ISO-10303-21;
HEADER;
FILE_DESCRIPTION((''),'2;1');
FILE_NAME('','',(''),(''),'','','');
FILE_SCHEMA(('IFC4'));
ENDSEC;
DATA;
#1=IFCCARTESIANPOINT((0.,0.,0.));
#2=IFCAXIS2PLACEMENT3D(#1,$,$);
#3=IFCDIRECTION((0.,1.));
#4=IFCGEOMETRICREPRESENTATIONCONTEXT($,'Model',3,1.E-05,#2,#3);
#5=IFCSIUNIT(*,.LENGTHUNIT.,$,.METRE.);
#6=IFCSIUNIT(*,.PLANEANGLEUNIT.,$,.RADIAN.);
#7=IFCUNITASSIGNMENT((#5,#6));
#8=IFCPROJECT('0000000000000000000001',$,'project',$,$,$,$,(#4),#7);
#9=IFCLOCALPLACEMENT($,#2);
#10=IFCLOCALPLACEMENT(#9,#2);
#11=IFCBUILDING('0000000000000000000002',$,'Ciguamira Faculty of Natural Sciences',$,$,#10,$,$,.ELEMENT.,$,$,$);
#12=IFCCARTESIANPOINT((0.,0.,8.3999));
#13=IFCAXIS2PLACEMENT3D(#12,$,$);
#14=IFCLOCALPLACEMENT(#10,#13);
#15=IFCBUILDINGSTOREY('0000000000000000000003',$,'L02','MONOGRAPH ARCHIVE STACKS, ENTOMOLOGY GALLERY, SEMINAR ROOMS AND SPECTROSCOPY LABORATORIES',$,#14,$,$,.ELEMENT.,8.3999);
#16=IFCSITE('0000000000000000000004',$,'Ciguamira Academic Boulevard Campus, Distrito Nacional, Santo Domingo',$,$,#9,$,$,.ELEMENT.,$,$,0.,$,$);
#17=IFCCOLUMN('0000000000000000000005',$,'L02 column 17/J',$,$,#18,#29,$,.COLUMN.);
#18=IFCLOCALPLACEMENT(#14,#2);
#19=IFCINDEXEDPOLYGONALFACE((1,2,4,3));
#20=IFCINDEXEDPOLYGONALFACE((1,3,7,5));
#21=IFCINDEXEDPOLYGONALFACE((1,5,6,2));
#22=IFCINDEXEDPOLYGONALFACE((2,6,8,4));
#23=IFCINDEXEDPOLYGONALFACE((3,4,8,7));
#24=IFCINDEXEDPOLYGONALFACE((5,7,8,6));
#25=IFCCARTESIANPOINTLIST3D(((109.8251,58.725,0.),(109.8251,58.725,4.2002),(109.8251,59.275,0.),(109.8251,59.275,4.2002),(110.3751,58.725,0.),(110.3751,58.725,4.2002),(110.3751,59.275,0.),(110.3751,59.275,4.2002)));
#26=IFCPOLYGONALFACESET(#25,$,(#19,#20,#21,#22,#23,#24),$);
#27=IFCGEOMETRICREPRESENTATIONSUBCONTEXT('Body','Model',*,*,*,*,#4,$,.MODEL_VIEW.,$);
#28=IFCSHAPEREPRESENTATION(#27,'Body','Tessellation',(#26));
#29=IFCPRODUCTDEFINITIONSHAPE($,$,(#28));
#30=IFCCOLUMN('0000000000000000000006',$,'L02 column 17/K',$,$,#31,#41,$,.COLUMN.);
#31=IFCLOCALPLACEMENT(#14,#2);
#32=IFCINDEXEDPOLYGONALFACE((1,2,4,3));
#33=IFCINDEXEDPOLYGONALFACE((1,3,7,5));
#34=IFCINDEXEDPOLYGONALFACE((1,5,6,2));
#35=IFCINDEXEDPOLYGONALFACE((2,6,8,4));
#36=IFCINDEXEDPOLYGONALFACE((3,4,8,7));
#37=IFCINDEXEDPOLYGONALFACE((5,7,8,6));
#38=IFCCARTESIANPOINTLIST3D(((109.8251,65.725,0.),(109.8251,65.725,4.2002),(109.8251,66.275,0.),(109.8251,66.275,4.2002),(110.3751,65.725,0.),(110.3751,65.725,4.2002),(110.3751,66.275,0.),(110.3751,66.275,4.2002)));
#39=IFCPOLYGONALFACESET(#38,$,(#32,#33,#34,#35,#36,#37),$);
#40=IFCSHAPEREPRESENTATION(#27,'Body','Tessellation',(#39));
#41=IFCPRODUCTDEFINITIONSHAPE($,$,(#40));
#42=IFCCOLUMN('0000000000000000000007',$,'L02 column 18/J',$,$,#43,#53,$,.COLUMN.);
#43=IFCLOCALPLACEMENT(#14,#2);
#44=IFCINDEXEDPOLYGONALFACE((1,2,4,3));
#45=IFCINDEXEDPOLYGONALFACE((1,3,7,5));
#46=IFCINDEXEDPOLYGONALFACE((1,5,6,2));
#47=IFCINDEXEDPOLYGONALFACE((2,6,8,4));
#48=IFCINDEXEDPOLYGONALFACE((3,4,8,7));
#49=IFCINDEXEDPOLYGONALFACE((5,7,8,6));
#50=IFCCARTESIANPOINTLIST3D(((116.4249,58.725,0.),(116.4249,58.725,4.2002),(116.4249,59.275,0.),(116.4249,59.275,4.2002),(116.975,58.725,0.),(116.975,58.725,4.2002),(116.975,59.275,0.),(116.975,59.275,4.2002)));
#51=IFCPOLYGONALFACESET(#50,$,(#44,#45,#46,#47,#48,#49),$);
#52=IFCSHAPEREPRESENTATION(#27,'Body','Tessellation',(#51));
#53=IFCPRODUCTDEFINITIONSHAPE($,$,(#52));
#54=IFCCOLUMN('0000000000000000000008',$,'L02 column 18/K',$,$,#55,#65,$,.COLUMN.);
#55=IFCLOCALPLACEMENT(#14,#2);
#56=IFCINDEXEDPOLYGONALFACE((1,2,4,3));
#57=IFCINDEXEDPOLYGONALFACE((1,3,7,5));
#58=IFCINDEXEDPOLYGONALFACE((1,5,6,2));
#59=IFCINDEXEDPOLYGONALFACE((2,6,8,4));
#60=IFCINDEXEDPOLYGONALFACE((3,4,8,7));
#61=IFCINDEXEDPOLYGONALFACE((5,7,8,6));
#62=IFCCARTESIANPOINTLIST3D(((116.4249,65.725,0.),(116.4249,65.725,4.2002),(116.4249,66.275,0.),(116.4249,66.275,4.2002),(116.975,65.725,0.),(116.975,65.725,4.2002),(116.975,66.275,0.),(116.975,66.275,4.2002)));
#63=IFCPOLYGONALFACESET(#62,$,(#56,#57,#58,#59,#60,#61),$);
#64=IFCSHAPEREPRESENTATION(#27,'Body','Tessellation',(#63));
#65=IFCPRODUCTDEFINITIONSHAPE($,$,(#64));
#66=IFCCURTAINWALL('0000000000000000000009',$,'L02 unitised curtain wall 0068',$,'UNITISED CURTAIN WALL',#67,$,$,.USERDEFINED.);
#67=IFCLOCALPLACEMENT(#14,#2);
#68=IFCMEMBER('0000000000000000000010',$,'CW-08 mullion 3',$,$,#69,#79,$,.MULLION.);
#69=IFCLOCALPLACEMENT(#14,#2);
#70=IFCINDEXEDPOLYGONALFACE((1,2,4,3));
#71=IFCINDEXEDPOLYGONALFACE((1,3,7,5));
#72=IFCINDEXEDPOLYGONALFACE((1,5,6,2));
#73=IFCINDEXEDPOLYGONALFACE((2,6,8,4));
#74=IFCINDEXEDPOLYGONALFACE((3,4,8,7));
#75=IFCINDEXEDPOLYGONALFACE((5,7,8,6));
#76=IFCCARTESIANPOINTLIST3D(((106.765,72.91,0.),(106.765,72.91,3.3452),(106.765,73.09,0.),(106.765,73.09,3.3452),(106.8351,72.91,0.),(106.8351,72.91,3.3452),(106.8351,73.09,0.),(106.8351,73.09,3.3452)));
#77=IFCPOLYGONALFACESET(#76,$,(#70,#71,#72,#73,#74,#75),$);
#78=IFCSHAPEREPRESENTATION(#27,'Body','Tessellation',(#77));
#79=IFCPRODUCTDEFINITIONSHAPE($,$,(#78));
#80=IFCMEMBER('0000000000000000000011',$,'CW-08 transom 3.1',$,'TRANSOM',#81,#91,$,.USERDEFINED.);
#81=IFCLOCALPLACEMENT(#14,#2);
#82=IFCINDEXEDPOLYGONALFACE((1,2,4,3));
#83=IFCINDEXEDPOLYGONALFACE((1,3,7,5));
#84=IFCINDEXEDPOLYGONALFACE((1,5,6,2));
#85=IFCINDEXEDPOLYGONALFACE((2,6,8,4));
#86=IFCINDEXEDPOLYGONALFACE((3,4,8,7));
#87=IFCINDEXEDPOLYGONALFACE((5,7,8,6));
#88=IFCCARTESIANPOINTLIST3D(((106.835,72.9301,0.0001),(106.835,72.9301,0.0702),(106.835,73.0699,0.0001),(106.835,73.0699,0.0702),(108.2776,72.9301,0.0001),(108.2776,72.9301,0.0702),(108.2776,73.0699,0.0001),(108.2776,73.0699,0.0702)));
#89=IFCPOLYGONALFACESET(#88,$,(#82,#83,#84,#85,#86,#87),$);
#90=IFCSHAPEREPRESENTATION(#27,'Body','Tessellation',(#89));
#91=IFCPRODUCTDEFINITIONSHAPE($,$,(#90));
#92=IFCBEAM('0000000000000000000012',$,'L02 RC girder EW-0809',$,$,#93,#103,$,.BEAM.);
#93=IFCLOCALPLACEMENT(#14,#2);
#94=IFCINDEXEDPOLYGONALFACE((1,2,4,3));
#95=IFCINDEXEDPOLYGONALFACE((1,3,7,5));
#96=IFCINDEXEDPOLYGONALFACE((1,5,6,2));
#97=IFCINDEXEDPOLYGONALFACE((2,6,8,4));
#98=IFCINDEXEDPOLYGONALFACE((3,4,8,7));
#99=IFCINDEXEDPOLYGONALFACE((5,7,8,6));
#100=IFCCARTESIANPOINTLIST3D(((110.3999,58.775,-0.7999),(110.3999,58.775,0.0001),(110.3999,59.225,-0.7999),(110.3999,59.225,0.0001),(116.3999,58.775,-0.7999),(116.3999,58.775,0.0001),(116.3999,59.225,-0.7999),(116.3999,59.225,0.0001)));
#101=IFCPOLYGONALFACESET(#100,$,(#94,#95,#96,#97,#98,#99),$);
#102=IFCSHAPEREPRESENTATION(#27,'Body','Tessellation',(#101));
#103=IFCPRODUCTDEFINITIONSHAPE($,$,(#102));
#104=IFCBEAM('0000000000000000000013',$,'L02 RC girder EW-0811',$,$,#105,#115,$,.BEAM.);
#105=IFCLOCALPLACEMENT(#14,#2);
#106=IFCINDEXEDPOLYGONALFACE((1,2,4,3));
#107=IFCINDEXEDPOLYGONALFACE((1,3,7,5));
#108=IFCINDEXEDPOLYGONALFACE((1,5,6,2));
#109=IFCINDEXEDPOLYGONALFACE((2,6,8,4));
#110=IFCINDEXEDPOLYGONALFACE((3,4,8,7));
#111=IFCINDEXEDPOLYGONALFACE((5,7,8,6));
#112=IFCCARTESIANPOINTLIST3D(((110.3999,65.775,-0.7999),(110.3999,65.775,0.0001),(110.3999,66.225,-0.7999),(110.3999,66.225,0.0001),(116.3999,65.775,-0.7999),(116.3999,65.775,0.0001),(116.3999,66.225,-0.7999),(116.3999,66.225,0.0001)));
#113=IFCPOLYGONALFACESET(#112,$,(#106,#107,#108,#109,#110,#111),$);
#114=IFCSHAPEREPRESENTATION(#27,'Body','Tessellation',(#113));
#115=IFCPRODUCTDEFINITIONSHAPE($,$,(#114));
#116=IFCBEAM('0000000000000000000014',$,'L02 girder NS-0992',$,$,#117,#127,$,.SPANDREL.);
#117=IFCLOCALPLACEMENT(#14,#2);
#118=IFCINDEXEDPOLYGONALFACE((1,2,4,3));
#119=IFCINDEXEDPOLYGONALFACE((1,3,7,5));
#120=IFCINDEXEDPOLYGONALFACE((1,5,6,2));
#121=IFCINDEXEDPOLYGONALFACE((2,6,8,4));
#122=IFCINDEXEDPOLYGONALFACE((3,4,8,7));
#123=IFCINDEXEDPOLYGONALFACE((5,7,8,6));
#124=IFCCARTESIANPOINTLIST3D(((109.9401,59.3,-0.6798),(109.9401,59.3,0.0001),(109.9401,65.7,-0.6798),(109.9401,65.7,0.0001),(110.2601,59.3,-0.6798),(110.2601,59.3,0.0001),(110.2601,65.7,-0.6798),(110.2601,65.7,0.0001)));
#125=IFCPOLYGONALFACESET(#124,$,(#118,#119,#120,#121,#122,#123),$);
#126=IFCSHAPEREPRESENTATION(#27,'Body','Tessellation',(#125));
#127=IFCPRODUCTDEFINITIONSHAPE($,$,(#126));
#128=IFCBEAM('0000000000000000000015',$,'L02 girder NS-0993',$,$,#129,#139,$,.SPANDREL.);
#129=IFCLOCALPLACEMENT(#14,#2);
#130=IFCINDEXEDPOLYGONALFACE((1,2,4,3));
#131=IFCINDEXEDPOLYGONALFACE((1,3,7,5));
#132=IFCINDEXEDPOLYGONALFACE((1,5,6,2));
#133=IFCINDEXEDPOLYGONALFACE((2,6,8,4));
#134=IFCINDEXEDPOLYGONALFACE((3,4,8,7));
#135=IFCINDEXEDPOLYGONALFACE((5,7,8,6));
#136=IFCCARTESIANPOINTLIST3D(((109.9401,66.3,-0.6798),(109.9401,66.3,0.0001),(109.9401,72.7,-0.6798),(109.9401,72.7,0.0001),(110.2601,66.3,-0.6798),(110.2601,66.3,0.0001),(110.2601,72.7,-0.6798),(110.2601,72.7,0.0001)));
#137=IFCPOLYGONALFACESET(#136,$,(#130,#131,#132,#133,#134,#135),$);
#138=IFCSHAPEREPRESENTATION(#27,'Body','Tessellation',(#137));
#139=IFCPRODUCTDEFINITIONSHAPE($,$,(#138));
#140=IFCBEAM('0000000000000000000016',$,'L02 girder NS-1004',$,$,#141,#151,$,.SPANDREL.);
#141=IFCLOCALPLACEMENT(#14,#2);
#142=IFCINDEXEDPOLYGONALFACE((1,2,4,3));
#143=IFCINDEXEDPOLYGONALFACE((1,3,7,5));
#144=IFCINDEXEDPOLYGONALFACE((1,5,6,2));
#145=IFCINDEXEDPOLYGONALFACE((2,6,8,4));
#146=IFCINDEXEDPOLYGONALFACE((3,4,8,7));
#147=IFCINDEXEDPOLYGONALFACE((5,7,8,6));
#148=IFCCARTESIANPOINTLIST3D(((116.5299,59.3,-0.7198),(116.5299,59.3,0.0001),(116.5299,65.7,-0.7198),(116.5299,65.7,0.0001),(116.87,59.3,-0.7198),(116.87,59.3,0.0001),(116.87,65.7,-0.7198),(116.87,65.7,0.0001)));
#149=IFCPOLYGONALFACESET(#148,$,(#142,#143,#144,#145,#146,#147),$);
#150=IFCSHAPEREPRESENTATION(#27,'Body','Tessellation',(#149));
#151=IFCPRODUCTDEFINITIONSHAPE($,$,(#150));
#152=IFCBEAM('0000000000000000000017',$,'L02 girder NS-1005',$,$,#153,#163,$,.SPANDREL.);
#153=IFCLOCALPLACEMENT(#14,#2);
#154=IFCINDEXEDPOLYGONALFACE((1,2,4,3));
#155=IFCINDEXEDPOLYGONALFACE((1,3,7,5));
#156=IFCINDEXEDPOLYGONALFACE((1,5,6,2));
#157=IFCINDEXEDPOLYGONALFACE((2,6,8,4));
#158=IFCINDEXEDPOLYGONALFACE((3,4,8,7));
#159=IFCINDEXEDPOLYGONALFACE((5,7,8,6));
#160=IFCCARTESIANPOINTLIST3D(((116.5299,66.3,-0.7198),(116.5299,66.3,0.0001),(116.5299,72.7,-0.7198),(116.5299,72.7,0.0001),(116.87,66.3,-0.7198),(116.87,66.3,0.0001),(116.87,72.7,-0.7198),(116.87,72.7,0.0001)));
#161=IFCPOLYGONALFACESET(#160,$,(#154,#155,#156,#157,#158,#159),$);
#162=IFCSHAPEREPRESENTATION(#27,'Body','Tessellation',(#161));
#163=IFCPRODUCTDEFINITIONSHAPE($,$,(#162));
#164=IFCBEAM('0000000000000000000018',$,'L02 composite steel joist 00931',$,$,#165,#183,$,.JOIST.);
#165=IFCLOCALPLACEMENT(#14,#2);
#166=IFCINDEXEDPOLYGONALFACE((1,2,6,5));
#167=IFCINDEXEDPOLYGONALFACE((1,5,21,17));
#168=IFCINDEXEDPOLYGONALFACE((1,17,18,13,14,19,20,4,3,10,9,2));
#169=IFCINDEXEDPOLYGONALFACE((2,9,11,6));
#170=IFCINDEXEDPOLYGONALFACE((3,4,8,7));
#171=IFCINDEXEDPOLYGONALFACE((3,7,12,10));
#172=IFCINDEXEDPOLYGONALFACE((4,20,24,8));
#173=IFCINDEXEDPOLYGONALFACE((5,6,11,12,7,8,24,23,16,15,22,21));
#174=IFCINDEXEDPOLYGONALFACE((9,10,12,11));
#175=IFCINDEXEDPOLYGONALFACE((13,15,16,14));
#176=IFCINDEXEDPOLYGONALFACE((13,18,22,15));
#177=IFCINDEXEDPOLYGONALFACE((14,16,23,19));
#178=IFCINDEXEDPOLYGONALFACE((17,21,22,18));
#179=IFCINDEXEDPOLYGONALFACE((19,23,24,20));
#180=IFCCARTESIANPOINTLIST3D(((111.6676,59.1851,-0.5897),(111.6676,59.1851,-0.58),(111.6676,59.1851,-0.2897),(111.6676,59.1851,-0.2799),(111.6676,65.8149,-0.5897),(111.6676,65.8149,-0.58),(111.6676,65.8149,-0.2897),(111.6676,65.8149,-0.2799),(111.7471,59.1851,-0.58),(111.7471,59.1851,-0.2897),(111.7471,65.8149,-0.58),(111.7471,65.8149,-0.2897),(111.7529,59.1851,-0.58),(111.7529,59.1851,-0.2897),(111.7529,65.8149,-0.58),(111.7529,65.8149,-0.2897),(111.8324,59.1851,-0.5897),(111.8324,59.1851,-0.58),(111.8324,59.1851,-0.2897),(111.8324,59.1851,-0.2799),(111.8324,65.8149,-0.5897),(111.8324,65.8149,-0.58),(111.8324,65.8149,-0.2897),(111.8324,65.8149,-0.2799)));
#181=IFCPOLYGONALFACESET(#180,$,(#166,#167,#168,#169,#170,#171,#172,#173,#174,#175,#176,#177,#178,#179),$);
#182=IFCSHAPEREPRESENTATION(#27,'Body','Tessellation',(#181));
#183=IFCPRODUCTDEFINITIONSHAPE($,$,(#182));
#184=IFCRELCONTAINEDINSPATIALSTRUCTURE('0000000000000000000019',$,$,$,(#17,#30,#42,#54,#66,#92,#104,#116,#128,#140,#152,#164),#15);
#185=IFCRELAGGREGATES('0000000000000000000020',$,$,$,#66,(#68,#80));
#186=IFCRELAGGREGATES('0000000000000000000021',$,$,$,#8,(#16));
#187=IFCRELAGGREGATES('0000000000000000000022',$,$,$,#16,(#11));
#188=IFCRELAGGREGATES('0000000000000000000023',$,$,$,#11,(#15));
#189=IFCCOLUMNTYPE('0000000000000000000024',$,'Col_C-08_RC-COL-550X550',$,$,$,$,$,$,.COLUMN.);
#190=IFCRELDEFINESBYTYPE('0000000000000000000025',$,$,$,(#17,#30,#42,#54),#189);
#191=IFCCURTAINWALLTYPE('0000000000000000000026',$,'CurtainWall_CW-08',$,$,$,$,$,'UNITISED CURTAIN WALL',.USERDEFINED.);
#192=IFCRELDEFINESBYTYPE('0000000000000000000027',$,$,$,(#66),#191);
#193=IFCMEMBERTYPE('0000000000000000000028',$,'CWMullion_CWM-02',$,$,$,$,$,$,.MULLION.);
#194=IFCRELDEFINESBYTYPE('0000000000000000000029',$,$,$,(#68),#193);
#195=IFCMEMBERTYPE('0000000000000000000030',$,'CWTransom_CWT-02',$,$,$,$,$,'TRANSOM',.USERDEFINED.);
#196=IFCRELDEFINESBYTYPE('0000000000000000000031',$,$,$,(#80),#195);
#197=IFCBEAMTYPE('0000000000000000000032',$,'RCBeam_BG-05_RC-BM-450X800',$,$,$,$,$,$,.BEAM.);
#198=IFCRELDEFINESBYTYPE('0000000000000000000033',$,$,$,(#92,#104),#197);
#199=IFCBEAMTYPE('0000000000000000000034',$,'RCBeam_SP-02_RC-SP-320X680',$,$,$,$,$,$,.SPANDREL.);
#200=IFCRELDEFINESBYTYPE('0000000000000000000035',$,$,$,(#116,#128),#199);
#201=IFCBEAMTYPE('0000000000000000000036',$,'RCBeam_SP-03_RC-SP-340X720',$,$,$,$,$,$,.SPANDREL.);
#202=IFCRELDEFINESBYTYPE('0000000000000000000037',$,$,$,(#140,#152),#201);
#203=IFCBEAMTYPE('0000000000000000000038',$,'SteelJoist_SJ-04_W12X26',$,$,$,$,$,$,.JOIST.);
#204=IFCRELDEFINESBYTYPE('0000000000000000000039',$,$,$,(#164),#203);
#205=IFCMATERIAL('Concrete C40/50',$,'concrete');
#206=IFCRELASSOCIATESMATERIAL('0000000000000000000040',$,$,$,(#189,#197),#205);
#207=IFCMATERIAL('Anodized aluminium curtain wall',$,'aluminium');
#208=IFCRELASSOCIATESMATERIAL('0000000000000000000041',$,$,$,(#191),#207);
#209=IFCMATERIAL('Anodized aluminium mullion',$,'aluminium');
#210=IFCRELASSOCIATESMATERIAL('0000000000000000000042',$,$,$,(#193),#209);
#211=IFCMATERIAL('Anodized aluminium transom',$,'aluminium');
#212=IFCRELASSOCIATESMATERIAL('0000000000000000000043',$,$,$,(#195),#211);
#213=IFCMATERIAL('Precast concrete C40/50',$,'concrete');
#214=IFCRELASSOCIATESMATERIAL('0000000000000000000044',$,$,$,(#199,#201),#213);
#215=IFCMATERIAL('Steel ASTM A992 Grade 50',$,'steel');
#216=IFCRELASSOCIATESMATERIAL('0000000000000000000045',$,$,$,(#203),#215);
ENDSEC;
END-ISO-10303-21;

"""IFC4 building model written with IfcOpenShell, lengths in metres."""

from ifc_helpers import new_model, si_unit, direction, frame, origin, origin_2d, place, context, subcontext, project, spatial, rectangle, i_section, extrude, material, material_profile, profile_set, type_object, element, aggregate, save


model = new_model("IFC4")

# Units and contexts
model_context = context("Model", 3, precision=1e-05, world=origin(), true_north=direction((0.0, 1.0)))
body_context = subcontext(model_context, "Body", "Model", "MODEL_VIEW")
ifc_project = project(units=[si_unit("LENGTHUNIT", "METRE"), si_unit("PLANEANGLEUNIT", "RADIAN")], contexts=[model_context])

# Site, building, storey
site_placement = place(None, origin())
site = spatial("IfcSite", under=ifc_project, at=site_placement, Name="Ciguamira Academic Boulevard Campus, Distrito Nacional, Santo Domingo", CompositionType="ELEMENT", RefElevation=0.0)
building_placement = place(site_placement, origin())
building = spatial("IfcBuilding", under=site, at=building_placement, Name="Ciguamira Faculty of Natural Sciences", CompositionType="ELEMENT")
storey_placement = place(building_placement, frame((0.0, 0.0, 8.3999)))
storey = spatial("IfcBuildingStorey", under=building, at=storey_placement, Name="L02", Description="MONOGRAPH ARCHIVE STACKS, ENTOMOLOGY GALLERY, SEMINAR ROOMS AND SPECTROSCOPY LABORATORIES", CompositionType="ELEMENT", Elevation=8.3999)

# Columns
ifc_material_1 = material(Name="Concrete C40/50", Category="concrete")
ifc_material_profile_1 = material_profile(ifc_material_1, rectangle(XDim=0.55, YDim=0.55, at=origin_2d()), Name="RC-COL-550X550")
ifc_profile_set_1 = profile_set([ifc_material_profile_1], Name="Concrete C40/50")
column_type = type_object("IfcColumnType", Name="Col_C-08_RC-COL-550X550", PredefinedType="COLUMN", material=ifc_profile_set_1)
for number, where, z_axis, x_axis, name in (
    (1, (110.1001, 59.0, 0.0), (0.0, 0.0, 1.0), (1.0, 0.0, 0.0), "L02 column 17/J"),
    (2, (110.1001, 66.0, 0.0), (0.0, 0.0, 1.0), (1.0, 0.0, 0.0), "L02 column 17/K"),
    (3, (116.7, 59.0, 0.0), (0.0, 0.0, 1.0), (1.0, 0.0, 0.0), "L02 column 18/J"),
    (4, (116.7, 66.0, 0.0), (0.0, 0.0, 1.0), (1.0, 0.0, 0.0), "L02 column 18/K"),
):
    element("IfcColumn", number, at=place(storey_placement, frame(where, z_axis=z_axis, x_axis=x_axis)), inside=storey, type_object=column_type, Name=name, PredefinedType="COLUMN", context=body_context, shape_type="SweptSolid", body=[
        extrude(rectangle(XDim=0.55, YDim=0.55, at=origin_2d()), origin(), (0.0, 0.0, 1.0), 4.2002),
    ])

# Curtain wall, members
ifc_material_2 = material(Name="Anodized aluminium curtain wall", Category="aluminium")
curtain_wall_type = type_object("IfcCurtainWallType", Name="CurtainWall_CW-08", ElementType="UNITISED CURTAIN WALL", PredefinedType="USERDEFINED", material=ifc_material_2)
curtain_wall_placement = place(storey_placement, origin())
curtain_wall = element("IfcCurtainWall", 5, at=curtain_wall_placement, inside=storey, type_object=curtain_wall_type, Name="L02 unitised curtain wall 0068", ObjectType="UNITISED CURTAIN WALL", PredefinedType="USERDEFINED")
ifc_material_3 = material(Name="Anodized aluminium mullion", Category="aluminium")
ifc_material_profile_2 = material_profile(ifc_material_3, rectangle(XDim=0.0701, YDim=0.1799, at=origin_2d()), Name="ALU-MUL-70X180")
ifc_profile_set_2 = profile_set([ifc_material_profile_2], Name="Anodized aluminium mullion")
member_type_1 = type_object("IfcMemberType", Name="CWMullion_CWM-02", PredefinedType="MULLION", material=ifc_profile_set_2)
member_1_placement = place(storey_placement, frame((106.8, 73.0, 0.0), z_axis=(0.0, 0.0, 1.0), x_axis=(1.0, 0.0, 0.0)))
member_1 = element("IfcMember", 6, at=member_1_placement, type_object=member_type_1, Name="CW-08 mullion 3", PredefinedType="MULLION", context=body_context, shape_type="SweptSolid", body=[
    extrude(rectangle(XDim=0.0701, YDim=0.1799, at=origin_2d()), origin(), (0.0, 0.0, 1.0), 3.3452),
])
ifc_material_4 = material(Name="Anodized aluminium transom", Category="aluminium")
ifc_material_profile_3 = material_profile(ifc_material_4, rectangle(XDim=0.0701, YDim=0.1399, at=origin_2d()), Name="ALU-TRN-70X140")
ifc_profile_set_3 = profile_set([ifc_material_profile_3], Name="Anodized aluminium transom")
member_type_2 = type_object("IfcMemberType", Name="CWTransom_CWT-02", ElementType="TRANSOM", PredefinedType="USERDEFINED", material=ifc_profile_set_3)
member_2_placement = place(storey_placement, frame((106.835, 73.0, 0.0352), z_axis=(1.0, 0.0, 0.0), x_axis=(0.0, 0.0, 1.0)))
member_2 = element("IfcMember", 7, at=member_2_placement, type_object=member_type_2, Name="CW-08 transom 3.1", ObjectType="TRANSOM", PredefinedType="USERDEFINED", context=body_context, shape_type="SweptSolid", body=[
    extrude(rectangle(XDim=0.0701, YDim=0.1399, at=origin_2d()), origin(), (0.0, 0.0, 1.0), 1.4426),
])
aggregate(curtain_wall, [member_1, member_2])

# Beams
ifc_material_profile_4 = material_profile(ifc_material_1, rectangle(XDim=0.45, YDim=0.8, at=origin_2d()), Name="RC-BM-450X800")
ifc_profile_set_4 = profile_set([ifc_material_profile_4], Name="Concrete C40/50")
beam_type_1 = type_object("IfcBeamType", Name="RCBeam_BG-05_RC-BM-450X800", PredefinedType="BEAM", material=ifc_profile_set_4)
for number, where, z_axis, x_axis, name in (
    (8, (110.3999, 59.0, -0.3999), (1.0, 0.0, 0.0), (0.0, 1.0, 0.0), "L02 RC girder EW-0809"),
    (9, (110.3999, 66.0, -0.3999), (1.0, 0.0, 0.0), (0.0, 1.0, 0.0), "L02 RC girder EW-0811"),
):
    element("IfcBeam", number, at=place(storey_placement, frame(where, z_axis=z_axis, x_axis=x_axis)), inside=storey, type_object=beam_type_1, Name=name, PredefinedType="BEAM", context=body_context, shape_type="SweptSolid", body=[
        extrude(rectangle(XDim=0.45, YDim=0.8, at=origin_2d()), origin(), (0.0, 0.0, 1.0), 6.0),
    ])
ifc_material_5 = material(Name="Precast concrete C40/50", Category="concrete")
ifc_material_profile_5 = material_profile(ifc_material_5, rectangle(XDim=0.3201, YDim=0.6799, at=origin_2d()), Name="RC-SP-320X680")
ifc_profile_set_5 = profile_set([ifc_material_profile_5], Name="Precast concrete C40/50")
beam_type_2 = type_object("IfcBeamType", Name="RCBeam_SP-02_RC-SP-320X680", PredefinedType="SPANDREL", material=ifc_profile_set_5)
for number, where, z_axis, x_axis, name in (
    (10, (110.1001, 59.3, -0.3398), (0.0, 1.0, 0.0), (-1.0, 0.0, 0.0), "L02 girder NS-0992"),
    (11, (110.1001, 66.3, -0.3398), (0.0, 1.0, 0.0), (-1.0, 0.0, 0.0), "L02 girder NS-0993"),
):
    element("IfcBeam", number, at=place(storey_placement, frame(where, z_axis=z_axis, x_axis=x_axis)), inside=storey, type_object=beam_type_2, Name=name, PredefinedType="SPANDREL", context=body_context, shape_type="SweptSolid", body=[
        extrude(rectangle(XDim=0.3201, YDim=0.6799, at=origin_2d()), origin(), (0.0, 0.0, 1.0), 6.3999),
    ])
ifc_material_profile_6 = material_profile(ifc_material_5, rectangle(XDim=0.3401, YDim=0.72, at=origin_2d()), Name="RC-SP-340X720")
ifc_profile_set_6 = profile_set([ifc_material_profile_6], Name="Precast concrete C40/50")
beam_type_3 = type_object("IfcBeamType", Name="RCBeam_SP-03_RC-SP-340X720", PredefinedType="SPANDREL", material=ifc_profile_set_6)
for number, where, z_axis, x_axis, name in (
    (12, (116.7, 59.3, -0.3599), (0.0, 1.0, 0.0), (-1.0, 0.0, 0.0), "L02 girder NS-1004"),
    (13, (116.7, 66.3, -0.3599), (0.0, 1.0, 0.0), (-1.0, 0.0, 0.0), "L02 girder NS-1005"),
):
    element("IfcBeam", number, at=place(storey_placement, frame(where, z_axis=z_axis, x_axis=x_axis)), inside=storey, type_object=beam_type_3, Name=name, PredefinedType="SPANDREL", context=body_context, shape_type="SweptSolid", body=[
        extrude(rectangle(XDim=0.3401, YDim=0.72, at=origin_2d()), origin(), (0.0, 0.0, 1.0), 6.3999),
    ])
ifc_material_6 = material(Name="Steel ASTM A992 Grade 50", Category="steel")
ifc_material_profile_7 = material_profile(ifc_material_6, i_section(OverallWidth=0.1648, OverallDepth=0.3098, WebThickness=0.0059, FlangeThickness=0.0098, at=origin_2d()), Name="W12X26")
ifc_profile_set_7 = profile_set([ifc_material_profile_7], Name="Steel ASTM A992 Grade 50")
beam_type_4 = type_object("IfcBeamType", Name="SteelJoist_SJ-04_W12X26", PredefinedType="JOIST", material=ifc_profile_set_7)
beam_1_placement = place(storey_placement, frame((111.75, 59.1851, -0.4348), z_axis=(0.0, 1.0, 0.0), x_axis=(-1.0, 0.0, 0.0)))
element("IfcBeam", 14, at=beam_1_placement, inside=storey, type_object=beam_type_4, Name="L02 composite steel joist 00931", PredefinedType="JOIST", context=body_context, shape_type="SweptSolid", body=[
    extrude(i_section(OverallWidth=0.1648, OverallDepth=0.3098, WebThickness=0.0059, FlangeThickness=0.0098, at=origin_2d()), origin(), (0.0, 0.0, 1.0), 6.6299),
])

save(model, "model.ifc")
